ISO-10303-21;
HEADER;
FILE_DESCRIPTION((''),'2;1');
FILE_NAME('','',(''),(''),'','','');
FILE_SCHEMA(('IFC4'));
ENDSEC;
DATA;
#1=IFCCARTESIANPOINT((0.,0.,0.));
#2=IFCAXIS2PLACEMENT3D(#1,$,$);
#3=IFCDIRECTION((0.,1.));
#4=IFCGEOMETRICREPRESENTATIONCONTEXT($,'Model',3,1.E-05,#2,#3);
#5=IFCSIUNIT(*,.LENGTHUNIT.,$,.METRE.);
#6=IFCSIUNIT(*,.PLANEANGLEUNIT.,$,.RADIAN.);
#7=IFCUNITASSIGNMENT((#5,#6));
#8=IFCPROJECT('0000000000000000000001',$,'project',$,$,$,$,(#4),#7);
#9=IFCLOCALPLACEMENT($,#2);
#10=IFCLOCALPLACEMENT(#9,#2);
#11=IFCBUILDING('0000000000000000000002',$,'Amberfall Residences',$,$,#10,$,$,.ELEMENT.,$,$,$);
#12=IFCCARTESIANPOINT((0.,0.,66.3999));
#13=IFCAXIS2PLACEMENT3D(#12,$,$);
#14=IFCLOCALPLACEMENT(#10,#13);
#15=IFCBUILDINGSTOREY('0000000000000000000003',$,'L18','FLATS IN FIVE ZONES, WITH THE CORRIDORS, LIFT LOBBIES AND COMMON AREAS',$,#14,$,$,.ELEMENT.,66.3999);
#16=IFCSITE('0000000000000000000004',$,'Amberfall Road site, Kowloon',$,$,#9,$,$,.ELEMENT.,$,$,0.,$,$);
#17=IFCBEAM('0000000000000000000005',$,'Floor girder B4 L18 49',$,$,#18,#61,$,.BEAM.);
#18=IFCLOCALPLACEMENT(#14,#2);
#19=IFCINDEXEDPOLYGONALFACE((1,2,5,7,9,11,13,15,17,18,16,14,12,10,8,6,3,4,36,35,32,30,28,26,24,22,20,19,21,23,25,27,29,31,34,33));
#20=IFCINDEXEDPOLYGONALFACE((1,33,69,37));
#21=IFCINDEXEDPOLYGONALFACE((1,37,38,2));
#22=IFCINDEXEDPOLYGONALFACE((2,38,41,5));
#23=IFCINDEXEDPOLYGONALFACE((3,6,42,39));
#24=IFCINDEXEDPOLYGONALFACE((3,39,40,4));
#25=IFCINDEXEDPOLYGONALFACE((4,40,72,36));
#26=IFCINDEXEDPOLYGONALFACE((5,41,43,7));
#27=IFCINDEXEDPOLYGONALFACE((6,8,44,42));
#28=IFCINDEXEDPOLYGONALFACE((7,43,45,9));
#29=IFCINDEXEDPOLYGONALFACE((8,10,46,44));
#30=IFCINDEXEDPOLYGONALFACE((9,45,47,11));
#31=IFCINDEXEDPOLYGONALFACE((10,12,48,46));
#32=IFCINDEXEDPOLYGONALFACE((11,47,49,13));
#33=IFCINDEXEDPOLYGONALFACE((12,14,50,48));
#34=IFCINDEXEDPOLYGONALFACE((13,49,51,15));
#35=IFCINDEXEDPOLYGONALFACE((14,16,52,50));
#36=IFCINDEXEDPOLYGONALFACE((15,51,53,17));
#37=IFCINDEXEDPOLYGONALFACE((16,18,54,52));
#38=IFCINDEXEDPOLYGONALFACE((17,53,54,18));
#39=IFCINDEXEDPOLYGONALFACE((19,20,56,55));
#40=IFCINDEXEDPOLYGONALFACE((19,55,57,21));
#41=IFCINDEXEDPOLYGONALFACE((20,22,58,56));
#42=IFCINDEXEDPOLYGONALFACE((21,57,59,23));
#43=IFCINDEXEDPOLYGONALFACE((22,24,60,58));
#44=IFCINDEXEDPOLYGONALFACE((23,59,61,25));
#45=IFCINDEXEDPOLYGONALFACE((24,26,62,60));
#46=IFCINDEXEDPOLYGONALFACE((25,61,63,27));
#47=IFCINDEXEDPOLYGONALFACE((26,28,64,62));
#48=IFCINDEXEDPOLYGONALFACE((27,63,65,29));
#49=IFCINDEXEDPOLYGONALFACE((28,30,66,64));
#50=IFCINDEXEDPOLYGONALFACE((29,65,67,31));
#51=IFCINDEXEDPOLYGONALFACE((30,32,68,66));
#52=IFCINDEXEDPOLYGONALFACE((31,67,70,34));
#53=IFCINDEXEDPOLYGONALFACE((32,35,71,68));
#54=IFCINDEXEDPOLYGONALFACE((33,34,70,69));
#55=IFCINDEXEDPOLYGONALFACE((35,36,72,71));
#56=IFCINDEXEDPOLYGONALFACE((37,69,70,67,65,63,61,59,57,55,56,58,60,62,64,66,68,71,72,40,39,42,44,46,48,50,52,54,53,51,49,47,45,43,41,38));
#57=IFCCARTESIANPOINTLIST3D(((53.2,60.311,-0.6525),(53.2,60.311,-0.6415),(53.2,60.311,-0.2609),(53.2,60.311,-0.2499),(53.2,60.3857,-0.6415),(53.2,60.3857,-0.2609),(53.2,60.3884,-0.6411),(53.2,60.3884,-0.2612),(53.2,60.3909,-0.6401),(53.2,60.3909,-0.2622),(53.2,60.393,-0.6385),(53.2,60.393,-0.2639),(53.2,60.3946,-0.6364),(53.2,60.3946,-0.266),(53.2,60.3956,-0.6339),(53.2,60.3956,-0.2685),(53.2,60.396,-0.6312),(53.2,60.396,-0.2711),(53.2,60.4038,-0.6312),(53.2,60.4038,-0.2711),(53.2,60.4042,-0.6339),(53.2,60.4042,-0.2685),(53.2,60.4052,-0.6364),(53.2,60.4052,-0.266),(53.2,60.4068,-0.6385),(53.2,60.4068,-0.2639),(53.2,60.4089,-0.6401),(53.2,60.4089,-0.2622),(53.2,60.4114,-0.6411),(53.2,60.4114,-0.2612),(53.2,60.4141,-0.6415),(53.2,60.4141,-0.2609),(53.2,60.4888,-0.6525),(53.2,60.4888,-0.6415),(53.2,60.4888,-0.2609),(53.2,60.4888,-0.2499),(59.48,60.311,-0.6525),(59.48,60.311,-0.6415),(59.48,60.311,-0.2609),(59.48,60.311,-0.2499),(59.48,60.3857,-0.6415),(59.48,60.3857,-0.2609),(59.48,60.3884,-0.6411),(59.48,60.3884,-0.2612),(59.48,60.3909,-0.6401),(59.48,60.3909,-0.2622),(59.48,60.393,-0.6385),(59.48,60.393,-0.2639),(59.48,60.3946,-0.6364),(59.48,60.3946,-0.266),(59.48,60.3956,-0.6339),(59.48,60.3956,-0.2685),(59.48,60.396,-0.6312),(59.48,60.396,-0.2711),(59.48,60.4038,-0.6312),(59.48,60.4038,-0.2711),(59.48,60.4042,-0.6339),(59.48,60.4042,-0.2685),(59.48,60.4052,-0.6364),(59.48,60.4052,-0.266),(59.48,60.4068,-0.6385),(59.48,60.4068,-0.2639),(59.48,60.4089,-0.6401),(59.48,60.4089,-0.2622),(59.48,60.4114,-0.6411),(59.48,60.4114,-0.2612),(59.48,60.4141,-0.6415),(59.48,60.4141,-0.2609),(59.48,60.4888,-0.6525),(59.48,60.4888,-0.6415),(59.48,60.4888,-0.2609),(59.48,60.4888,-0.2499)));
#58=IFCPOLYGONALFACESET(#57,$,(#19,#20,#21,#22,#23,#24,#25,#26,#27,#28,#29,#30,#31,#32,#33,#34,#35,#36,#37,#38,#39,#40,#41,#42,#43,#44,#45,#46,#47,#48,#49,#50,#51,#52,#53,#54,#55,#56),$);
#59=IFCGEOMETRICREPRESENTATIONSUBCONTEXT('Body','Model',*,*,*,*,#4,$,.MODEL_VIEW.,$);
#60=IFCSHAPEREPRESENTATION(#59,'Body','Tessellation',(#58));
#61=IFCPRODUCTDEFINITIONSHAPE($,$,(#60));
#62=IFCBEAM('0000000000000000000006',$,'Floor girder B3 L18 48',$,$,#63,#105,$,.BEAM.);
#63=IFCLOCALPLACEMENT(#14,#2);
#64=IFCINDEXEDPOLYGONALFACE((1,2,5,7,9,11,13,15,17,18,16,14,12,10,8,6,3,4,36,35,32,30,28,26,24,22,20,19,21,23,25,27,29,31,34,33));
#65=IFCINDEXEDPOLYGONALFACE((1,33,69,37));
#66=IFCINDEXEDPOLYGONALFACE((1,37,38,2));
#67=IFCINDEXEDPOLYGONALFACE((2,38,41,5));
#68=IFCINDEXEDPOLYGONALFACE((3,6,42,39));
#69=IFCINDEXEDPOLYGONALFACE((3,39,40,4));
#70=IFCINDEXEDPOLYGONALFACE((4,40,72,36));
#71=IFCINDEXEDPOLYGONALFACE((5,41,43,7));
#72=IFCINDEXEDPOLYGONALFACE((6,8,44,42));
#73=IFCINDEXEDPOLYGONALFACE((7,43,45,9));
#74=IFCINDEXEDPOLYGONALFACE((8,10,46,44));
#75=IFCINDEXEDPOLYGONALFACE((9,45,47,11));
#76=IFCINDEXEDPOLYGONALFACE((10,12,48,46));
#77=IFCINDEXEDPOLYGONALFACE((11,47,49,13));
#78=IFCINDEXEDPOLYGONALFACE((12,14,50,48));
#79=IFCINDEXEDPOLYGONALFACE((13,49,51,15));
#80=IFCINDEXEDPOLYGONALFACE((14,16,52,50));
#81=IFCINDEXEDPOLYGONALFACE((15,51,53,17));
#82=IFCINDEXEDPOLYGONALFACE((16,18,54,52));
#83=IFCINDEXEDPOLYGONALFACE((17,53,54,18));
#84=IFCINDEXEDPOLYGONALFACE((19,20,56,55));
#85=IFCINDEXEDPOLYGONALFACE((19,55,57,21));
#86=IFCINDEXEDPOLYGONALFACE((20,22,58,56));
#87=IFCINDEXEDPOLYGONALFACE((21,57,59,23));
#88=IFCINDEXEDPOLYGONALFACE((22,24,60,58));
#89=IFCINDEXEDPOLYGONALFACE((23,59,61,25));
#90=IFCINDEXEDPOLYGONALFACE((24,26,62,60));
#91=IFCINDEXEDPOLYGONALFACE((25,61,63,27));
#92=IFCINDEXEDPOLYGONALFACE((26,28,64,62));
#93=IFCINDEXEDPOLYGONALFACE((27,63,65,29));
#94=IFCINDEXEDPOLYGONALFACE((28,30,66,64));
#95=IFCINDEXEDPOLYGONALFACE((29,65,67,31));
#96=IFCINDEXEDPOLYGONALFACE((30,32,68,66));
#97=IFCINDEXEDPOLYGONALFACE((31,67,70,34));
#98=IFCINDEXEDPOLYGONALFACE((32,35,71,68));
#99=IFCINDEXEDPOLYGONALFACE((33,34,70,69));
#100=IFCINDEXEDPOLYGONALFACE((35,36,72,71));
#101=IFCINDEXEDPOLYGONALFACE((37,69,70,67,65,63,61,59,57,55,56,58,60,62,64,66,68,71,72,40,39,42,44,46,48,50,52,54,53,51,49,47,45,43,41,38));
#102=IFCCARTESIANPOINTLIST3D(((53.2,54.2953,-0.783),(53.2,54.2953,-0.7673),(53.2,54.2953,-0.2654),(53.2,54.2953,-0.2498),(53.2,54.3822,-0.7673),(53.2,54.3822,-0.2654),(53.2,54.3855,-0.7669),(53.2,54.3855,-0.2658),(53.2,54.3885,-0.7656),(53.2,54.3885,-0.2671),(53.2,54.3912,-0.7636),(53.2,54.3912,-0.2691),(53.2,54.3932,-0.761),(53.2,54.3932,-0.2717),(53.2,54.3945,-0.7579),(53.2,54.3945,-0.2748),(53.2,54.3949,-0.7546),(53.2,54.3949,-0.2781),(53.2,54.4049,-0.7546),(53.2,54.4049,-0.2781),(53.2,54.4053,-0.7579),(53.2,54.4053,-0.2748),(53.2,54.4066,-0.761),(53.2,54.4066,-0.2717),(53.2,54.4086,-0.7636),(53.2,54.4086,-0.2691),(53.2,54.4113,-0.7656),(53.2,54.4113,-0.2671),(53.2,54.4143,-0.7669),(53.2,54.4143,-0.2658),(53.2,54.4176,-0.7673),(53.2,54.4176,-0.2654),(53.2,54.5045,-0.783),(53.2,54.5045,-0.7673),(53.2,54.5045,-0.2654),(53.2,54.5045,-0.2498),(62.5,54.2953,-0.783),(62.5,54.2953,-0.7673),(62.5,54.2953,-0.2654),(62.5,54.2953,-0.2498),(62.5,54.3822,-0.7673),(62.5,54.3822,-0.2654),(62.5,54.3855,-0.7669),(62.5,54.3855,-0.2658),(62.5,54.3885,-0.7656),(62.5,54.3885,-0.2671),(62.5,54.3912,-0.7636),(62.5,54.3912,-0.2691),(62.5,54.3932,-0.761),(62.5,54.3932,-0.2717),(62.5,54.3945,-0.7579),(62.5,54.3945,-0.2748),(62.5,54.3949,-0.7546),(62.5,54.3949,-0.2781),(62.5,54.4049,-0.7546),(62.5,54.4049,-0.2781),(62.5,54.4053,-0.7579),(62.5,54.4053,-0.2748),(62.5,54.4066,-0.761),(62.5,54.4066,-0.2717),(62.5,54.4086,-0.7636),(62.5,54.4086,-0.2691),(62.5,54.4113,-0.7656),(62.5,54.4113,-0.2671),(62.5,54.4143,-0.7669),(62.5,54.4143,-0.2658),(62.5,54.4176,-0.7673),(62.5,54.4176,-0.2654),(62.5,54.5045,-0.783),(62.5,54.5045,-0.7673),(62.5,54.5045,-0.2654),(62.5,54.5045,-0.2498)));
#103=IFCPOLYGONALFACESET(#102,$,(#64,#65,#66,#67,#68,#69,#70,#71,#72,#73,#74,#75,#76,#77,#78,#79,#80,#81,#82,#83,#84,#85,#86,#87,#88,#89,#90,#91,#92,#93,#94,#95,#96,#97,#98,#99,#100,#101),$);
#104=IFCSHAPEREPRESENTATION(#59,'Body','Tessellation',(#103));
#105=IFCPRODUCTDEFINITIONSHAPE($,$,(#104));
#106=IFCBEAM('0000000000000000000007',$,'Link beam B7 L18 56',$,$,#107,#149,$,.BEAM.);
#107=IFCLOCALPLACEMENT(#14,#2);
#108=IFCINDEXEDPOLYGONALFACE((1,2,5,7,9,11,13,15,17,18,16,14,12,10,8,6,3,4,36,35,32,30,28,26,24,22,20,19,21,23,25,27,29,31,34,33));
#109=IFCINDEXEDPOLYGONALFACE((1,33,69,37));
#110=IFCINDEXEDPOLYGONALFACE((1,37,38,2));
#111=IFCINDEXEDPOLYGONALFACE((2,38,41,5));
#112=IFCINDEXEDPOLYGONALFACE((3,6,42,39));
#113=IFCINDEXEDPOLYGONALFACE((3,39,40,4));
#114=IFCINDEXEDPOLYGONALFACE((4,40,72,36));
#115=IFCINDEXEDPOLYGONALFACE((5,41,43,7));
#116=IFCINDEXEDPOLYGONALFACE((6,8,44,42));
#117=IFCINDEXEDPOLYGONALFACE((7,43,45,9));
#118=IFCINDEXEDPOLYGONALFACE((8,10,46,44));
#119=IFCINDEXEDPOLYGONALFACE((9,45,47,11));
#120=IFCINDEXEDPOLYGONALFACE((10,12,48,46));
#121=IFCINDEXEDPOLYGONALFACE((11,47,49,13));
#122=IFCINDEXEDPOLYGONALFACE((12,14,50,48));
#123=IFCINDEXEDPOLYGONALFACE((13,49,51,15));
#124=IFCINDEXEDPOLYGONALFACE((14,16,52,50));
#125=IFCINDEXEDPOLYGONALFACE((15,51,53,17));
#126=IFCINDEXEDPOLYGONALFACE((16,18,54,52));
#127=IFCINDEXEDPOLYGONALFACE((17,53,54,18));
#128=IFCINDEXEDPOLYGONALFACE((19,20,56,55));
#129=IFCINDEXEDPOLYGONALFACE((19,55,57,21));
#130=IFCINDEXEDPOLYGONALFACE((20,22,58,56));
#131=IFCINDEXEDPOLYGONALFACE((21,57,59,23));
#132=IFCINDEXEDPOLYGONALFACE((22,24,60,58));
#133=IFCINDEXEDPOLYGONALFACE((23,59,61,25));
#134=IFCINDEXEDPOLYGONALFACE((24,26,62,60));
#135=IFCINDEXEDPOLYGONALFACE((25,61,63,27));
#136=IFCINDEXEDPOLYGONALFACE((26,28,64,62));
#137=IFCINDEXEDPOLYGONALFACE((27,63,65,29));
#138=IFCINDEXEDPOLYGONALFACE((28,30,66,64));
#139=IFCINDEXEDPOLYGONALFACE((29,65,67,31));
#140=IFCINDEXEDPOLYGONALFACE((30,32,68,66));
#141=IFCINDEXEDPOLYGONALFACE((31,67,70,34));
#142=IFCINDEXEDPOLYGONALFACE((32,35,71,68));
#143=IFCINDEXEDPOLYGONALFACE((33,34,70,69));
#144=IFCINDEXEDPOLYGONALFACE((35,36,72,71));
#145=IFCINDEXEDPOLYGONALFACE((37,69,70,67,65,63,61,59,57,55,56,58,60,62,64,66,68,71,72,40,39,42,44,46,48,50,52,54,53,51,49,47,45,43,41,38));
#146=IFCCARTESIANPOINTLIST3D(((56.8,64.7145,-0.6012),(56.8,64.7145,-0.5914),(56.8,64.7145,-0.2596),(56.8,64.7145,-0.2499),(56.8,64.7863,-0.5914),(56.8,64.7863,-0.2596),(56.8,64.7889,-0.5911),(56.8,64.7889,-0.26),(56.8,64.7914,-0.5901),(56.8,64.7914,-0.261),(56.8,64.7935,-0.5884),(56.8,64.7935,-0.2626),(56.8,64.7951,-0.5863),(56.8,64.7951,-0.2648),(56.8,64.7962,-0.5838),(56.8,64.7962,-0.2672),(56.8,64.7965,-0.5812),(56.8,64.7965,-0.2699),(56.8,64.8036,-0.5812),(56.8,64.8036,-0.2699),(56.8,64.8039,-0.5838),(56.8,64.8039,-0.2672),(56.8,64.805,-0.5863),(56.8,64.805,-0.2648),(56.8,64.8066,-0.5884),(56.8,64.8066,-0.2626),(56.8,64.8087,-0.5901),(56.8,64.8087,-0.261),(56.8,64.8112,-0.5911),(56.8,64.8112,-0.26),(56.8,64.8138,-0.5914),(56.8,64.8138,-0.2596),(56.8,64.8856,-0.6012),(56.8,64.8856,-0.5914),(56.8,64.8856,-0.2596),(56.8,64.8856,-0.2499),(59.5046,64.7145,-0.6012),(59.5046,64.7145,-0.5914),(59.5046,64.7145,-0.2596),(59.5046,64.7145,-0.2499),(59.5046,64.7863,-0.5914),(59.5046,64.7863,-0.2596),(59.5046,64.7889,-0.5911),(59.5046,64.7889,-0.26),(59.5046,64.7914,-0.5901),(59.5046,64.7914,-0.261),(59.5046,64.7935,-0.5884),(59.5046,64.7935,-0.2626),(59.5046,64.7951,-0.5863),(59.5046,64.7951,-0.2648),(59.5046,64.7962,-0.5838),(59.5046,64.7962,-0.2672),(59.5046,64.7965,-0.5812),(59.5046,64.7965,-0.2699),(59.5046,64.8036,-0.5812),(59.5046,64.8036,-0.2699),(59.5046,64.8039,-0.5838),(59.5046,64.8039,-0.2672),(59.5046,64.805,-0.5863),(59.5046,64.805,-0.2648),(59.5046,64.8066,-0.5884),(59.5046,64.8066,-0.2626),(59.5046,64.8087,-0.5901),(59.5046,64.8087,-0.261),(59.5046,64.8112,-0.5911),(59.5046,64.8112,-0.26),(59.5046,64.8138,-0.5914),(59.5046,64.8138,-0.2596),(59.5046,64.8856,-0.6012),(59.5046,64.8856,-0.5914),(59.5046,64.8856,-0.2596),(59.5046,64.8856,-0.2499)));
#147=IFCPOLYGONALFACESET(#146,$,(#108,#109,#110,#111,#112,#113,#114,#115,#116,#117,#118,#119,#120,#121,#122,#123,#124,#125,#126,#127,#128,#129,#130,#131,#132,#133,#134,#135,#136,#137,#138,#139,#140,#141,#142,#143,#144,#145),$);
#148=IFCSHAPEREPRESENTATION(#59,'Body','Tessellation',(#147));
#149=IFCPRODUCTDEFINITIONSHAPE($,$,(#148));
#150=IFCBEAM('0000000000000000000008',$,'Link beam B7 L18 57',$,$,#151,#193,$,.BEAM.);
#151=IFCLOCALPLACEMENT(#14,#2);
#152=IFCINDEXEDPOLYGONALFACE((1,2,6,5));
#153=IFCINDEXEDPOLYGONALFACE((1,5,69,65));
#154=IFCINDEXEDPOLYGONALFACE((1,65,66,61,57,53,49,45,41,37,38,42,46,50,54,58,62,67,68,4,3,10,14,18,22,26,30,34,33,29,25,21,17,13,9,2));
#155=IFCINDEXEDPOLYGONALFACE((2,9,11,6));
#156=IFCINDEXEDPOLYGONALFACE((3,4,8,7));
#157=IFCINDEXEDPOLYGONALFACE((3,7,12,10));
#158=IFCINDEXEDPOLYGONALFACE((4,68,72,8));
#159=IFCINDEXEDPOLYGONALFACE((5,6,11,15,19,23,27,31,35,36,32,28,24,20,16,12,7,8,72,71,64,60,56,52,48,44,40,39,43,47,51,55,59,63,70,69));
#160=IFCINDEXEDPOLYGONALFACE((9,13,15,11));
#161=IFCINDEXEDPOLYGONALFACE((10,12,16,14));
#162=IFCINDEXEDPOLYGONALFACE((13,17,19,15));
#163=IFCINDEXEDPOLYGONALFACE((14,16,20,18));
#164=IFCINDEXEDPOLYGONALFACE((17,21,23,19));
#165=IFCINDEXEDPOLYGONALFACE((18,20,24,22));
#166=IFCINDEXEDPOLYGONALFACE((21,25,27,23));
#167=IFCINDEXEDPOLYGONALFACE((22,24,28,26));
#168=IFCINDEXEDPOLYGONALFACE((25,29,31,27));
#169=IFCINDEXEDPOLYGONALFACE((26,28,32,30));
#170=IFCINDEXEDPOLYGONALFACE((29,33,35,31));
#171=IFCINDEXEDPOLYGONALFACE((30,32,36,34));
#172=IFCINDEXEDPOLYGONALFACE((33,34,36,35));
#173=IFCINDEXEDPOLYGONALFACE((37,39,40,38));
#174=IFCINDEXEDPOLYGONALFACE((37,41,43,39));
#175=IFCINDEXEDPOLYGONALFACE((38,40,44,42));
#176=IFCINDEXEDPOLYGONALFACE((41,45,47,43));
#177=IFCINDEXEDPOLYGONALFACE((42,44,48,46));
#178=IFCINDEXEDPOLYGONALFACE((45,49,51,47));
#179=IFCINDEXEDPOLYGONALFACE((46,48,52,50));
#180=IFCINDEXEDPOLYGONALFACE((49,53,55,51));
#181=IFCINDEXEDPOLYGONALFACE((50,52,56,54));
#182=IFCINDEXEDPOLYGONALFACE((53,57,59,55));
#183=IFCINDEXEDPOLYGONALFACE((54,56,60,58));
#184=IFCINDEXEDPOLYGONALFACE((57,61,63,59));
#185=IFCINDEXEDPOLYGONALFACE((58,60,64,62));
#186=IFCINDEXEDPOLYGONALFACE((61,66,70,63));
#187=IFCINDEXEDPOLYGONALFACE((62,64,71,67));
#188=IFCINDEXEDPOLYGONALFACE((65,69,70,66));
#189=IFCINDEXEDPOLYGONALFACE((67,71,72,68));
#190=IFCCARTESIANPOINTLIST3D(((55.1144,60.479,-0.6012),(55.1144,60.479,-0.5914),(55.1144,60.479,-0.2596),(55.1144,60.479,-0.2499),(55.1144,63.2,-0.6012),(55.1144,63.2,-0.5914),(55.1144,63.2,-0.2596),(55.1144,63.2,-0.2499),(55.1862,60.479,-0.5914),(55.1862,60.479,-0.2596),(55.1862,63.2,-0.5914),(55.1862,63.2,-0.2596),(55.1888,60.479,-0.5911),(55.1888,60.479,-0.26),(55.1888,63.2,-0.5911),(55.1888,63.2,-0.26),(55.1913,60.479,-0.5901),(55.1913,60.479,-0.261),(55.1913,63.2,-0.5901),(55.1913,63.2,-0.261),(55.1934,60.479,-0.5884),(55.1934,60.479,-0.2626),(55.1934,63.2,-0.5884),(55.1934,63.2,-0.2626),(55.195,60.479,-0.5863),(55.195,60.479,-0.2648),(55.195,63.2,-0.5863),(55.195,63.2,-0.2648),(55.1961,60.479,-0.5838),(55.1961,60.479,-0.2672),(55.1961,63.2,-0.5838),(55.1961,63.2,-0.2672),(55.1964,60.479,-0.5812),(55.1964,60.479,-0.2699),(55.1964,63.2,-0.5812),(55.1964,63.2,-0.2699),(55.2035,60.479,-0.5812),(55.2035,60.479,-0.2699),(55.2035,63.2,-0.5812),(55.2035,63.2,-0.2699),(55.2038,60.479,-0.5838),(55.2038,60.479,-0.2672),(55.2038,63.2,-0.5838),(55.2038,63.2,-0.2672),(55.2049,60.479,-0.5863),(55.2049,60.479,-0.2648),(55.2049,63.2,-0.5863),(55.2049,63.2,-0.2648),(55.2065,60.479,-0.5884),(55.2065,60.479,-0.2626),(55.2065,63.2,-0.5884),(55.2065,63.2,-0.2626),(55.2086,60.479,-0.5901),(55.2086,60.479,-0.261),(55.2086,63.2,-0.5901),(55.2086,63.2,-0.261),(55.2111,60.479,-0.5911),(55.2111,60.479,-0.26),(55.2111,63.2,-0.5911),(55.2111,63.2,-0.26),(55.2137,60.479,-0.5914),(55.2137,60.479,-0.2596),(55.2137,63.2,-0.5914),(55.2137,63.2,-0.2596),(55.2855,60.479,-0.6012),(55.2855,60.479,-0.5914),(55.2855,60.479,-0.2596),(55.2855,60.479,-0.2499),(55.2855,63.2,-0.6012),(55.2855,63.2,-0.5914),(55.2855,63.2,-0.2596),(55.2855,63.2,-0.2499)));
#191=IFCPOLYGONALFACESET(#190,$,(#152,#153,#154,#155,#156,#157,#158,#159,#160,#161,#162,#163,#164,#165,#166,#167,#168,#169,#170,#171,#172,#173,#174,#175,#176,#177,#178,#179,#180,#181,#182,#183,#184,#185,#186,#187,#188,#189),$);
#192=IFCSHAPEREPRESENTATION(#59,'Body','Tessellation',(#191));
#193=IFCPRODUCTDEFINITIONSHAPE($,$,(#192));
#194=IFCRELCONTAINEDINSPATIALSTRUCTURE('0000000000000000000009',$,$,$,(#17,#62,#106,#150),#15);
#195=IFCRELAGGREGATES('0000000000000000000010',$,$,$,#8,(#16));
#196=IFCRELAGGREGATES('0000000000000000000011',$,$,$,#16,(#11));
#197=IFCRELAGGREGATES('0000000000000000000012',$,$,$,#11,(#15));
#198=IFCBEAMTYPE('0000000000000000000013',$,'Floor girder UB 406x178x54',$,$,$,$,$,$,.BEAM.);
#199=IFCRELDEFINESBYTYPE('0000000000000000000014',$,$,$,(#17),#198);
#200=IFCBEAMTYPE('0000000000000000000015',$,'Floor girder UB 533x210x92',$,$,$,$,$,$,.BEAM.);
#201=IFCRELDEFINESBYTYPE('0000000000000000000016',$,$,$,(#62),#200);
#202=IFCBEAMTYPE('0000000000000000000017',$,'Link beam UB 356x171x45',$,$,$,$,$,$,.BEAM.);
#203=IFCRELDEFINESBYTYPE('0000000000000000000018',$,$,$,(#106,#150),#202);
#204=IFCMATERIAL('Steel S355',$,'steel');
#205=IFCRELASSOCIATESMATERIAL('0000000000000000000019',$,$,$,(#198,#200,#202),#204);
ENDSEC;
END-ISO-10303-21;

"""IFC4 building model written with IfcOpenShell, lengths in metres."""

from ifc_helpers import new_model, si_unit, direction, frame, origin, origin_2d, place, context, subcontext, project, spatial, i_section, extrude, material, material_profile, profile_set, type_object, element, save


model = new_model("IFC4")

# Units and contexts
model_context = context("Model", 3, precision=1e-05, world=origin(), true_north=direction((0.0, 1.0)))
body_context = subcontext(model_context, "Body", "Model", "MODEL_VIEW")
ifc_project = project(units=[si_unit("LENGTHUNIT", "METRE"), si_unit("PLANEANGLEUNIT", "RADIAN")], contexts=[model_context])

# Site, building, storey
site_placement = place(None, origin())
site = spatial("IfcSite", under=ifc_project, at=site_placement, Name="Amberfall Road site, Kowloon", CompositionType="ELEMENT", RefElevation=0.0)
building_placement = place(site_placement, origin())
building = spatial("IfcBuilding", under=site, at=building_placement, Name="Amberfall Residences", CompositionType="ELEMENT")
storey_placement = place(building_placement, frame((0.0, 0.0, 66.3999)))
storey = spatial("IfcBuildingStorey", under=building, at=storey_placement, Name="L18", Description="FLATS IN FIVE ZONES, WITH THE CORRIDORS, LIFT LOBBIES AND COMMON AREAS", CompositionType="ELEMENT", Elevation=66.3999)

# Shared definitions
ifc_material_1 = material(Name="Steel S355", Category="steel")

# Beams
ifc_material_profile_1 = material_profile(ifc_material_1, i_section(OverallWidth=0.1777, OverallDepth=0.4026, WebThickness=0.0078, FlangeThickness=0.011, FilletRadius=0.0103, at=origin_2d()), Name="UB 406x178x54")
ifc_profile_set_1 = profile_set([ifc_material_profile_1], Name="Steel S355")
beam_type_1 = type_object("IfcBeamType", Name="Floor girder UB 406x178x54", PredefinedType="BEAM", material=ifc_profile_set_1)
beam_1_placement = place(storey_placement, frame((53.2, 60.3999, -0.4512), z_axis=(1.0, 0.0, 0.0), x_axis=(0.0, 1.0, 0.0)))
element("IfcBeam", 1, at=beam_1_placement, inside=storey, type_object=beam_type_1, Name="Floor girder B4 L18 49", PredefinedType="BEAM", context=body_context, shape_type="SweptSolid", body=[
    extrude(i_section(OverallWidth=0.1777, OverallDepth=0.4026, WebThickness=0.0078, FlangeThickness=0.011, FilletRadius=0.0103, at=origin_2d()), origin(), (0.0, 0.0, 1.0), 6.28),
])
ifc_material_profile_2 = material_profile(ifc_material_1, i_section(OverallWidth=0.2092, OverallDepth=0.5332, WebThickness=0.01, FlangeThickness=0.0156, FilletRadius=0.0127, at=origin_2d()), Name="UB 533x210x92")
ifc_profile_set_2 = profile_set([ifc_material_profile_2], Name="Steel S355")
beam_type_2 = type_object("IfcBeamType", Name="Floor girder UB 533x210x92", PredefinedType="BEAM", material=ifc_profile_set_2)
beam_2_placement = place(storey_placement, frame((53.2, 54.3999, -0.5164), z_axis=(1.0, 0.0, 0.0), x_axis=(0.0, 1.0, 0.0)))
element("IfcBeam", 2, at=beam_2_placement, inside=storey, type_object=beam_type_2, Name="Floor girder B3 L18 48", PredefinedType="BEAM", context=body_context, shape_type="SweptSolid", body=[
    extrude(i_section(OverallWidth=0.2092, OverallDepth=0.5332, WebThickness=0.01, FlangeThickness=0.0156, FilletRadius=0.0127, at=origin_2d()), origin(), (0.0, 0.0, 1.0), 9.3),
])
ifc_material_profile_3 = material_profile(ifc_material_1, i_section(OverallWidth=0.1711, OverallDepth=0.3513, WebThickness=0.0071, FlangeThickness=0.0098, FilletRadius=0.0103, at=origin_2d()), Name="UB 356x171x45")
ifc_profile_set_3 = profile_set([ifc_material_profile_3], Name="Steel S355")
beam_type_3 = type_object("IfcBeamType", Name="Link beam UB 356x171x45", PredefinedType="BEAM", material=ifc_profile_set_3)
beam_3_placement = place(storey_placement, frame((56.8, 64.8, -0.4255), z_axis=(1.0, 0.0, 0.0), x_axis=(0.0, 1.0, 0.0)))
element("IfcBeam", 3, at=beam_3_placement, inside=storey, type_object=beam_type_3, Name="Link beam B7 L18 56", PredefinedType="BEAM", context=body_context, shape_type="SweptSolid", body=[
    extrude(i_section(OverallWidth=0.1711, OverallDepth=0.3513, WebThickness=0.0071, FlangeThickness=0.0098, FilletRadius=0.0103, at=origin_2d()), origin(), (0.0, 0.0, 1.0), 2.7046),
])
beam_4_placement = place(storey_placement, frame((55.2, 63.2, -0.4255), z_axis=(0.0, -1.0, 0.0), x_axis=(1.0, 0.0, 0.0)))
element("IfcBeam", 4, at=beam_4_placement, inside=storey, type_object=beam_type_3, Name="Link beam B7 L18 57", PredefinedType="BEAM", context=body_context, shape_type="SweptSolid", body=[
    extrude(i_section(OverallWidth=0.1711, OverallDepth=0.3513, WebThickness=0.0071, FlangeThickness=0.0098, FilletRadius=0.0103, at=origin_2d()), origin(), (0.0, 0.0, 1.0), 2.7209),
])

save(model, "model.ifc")
